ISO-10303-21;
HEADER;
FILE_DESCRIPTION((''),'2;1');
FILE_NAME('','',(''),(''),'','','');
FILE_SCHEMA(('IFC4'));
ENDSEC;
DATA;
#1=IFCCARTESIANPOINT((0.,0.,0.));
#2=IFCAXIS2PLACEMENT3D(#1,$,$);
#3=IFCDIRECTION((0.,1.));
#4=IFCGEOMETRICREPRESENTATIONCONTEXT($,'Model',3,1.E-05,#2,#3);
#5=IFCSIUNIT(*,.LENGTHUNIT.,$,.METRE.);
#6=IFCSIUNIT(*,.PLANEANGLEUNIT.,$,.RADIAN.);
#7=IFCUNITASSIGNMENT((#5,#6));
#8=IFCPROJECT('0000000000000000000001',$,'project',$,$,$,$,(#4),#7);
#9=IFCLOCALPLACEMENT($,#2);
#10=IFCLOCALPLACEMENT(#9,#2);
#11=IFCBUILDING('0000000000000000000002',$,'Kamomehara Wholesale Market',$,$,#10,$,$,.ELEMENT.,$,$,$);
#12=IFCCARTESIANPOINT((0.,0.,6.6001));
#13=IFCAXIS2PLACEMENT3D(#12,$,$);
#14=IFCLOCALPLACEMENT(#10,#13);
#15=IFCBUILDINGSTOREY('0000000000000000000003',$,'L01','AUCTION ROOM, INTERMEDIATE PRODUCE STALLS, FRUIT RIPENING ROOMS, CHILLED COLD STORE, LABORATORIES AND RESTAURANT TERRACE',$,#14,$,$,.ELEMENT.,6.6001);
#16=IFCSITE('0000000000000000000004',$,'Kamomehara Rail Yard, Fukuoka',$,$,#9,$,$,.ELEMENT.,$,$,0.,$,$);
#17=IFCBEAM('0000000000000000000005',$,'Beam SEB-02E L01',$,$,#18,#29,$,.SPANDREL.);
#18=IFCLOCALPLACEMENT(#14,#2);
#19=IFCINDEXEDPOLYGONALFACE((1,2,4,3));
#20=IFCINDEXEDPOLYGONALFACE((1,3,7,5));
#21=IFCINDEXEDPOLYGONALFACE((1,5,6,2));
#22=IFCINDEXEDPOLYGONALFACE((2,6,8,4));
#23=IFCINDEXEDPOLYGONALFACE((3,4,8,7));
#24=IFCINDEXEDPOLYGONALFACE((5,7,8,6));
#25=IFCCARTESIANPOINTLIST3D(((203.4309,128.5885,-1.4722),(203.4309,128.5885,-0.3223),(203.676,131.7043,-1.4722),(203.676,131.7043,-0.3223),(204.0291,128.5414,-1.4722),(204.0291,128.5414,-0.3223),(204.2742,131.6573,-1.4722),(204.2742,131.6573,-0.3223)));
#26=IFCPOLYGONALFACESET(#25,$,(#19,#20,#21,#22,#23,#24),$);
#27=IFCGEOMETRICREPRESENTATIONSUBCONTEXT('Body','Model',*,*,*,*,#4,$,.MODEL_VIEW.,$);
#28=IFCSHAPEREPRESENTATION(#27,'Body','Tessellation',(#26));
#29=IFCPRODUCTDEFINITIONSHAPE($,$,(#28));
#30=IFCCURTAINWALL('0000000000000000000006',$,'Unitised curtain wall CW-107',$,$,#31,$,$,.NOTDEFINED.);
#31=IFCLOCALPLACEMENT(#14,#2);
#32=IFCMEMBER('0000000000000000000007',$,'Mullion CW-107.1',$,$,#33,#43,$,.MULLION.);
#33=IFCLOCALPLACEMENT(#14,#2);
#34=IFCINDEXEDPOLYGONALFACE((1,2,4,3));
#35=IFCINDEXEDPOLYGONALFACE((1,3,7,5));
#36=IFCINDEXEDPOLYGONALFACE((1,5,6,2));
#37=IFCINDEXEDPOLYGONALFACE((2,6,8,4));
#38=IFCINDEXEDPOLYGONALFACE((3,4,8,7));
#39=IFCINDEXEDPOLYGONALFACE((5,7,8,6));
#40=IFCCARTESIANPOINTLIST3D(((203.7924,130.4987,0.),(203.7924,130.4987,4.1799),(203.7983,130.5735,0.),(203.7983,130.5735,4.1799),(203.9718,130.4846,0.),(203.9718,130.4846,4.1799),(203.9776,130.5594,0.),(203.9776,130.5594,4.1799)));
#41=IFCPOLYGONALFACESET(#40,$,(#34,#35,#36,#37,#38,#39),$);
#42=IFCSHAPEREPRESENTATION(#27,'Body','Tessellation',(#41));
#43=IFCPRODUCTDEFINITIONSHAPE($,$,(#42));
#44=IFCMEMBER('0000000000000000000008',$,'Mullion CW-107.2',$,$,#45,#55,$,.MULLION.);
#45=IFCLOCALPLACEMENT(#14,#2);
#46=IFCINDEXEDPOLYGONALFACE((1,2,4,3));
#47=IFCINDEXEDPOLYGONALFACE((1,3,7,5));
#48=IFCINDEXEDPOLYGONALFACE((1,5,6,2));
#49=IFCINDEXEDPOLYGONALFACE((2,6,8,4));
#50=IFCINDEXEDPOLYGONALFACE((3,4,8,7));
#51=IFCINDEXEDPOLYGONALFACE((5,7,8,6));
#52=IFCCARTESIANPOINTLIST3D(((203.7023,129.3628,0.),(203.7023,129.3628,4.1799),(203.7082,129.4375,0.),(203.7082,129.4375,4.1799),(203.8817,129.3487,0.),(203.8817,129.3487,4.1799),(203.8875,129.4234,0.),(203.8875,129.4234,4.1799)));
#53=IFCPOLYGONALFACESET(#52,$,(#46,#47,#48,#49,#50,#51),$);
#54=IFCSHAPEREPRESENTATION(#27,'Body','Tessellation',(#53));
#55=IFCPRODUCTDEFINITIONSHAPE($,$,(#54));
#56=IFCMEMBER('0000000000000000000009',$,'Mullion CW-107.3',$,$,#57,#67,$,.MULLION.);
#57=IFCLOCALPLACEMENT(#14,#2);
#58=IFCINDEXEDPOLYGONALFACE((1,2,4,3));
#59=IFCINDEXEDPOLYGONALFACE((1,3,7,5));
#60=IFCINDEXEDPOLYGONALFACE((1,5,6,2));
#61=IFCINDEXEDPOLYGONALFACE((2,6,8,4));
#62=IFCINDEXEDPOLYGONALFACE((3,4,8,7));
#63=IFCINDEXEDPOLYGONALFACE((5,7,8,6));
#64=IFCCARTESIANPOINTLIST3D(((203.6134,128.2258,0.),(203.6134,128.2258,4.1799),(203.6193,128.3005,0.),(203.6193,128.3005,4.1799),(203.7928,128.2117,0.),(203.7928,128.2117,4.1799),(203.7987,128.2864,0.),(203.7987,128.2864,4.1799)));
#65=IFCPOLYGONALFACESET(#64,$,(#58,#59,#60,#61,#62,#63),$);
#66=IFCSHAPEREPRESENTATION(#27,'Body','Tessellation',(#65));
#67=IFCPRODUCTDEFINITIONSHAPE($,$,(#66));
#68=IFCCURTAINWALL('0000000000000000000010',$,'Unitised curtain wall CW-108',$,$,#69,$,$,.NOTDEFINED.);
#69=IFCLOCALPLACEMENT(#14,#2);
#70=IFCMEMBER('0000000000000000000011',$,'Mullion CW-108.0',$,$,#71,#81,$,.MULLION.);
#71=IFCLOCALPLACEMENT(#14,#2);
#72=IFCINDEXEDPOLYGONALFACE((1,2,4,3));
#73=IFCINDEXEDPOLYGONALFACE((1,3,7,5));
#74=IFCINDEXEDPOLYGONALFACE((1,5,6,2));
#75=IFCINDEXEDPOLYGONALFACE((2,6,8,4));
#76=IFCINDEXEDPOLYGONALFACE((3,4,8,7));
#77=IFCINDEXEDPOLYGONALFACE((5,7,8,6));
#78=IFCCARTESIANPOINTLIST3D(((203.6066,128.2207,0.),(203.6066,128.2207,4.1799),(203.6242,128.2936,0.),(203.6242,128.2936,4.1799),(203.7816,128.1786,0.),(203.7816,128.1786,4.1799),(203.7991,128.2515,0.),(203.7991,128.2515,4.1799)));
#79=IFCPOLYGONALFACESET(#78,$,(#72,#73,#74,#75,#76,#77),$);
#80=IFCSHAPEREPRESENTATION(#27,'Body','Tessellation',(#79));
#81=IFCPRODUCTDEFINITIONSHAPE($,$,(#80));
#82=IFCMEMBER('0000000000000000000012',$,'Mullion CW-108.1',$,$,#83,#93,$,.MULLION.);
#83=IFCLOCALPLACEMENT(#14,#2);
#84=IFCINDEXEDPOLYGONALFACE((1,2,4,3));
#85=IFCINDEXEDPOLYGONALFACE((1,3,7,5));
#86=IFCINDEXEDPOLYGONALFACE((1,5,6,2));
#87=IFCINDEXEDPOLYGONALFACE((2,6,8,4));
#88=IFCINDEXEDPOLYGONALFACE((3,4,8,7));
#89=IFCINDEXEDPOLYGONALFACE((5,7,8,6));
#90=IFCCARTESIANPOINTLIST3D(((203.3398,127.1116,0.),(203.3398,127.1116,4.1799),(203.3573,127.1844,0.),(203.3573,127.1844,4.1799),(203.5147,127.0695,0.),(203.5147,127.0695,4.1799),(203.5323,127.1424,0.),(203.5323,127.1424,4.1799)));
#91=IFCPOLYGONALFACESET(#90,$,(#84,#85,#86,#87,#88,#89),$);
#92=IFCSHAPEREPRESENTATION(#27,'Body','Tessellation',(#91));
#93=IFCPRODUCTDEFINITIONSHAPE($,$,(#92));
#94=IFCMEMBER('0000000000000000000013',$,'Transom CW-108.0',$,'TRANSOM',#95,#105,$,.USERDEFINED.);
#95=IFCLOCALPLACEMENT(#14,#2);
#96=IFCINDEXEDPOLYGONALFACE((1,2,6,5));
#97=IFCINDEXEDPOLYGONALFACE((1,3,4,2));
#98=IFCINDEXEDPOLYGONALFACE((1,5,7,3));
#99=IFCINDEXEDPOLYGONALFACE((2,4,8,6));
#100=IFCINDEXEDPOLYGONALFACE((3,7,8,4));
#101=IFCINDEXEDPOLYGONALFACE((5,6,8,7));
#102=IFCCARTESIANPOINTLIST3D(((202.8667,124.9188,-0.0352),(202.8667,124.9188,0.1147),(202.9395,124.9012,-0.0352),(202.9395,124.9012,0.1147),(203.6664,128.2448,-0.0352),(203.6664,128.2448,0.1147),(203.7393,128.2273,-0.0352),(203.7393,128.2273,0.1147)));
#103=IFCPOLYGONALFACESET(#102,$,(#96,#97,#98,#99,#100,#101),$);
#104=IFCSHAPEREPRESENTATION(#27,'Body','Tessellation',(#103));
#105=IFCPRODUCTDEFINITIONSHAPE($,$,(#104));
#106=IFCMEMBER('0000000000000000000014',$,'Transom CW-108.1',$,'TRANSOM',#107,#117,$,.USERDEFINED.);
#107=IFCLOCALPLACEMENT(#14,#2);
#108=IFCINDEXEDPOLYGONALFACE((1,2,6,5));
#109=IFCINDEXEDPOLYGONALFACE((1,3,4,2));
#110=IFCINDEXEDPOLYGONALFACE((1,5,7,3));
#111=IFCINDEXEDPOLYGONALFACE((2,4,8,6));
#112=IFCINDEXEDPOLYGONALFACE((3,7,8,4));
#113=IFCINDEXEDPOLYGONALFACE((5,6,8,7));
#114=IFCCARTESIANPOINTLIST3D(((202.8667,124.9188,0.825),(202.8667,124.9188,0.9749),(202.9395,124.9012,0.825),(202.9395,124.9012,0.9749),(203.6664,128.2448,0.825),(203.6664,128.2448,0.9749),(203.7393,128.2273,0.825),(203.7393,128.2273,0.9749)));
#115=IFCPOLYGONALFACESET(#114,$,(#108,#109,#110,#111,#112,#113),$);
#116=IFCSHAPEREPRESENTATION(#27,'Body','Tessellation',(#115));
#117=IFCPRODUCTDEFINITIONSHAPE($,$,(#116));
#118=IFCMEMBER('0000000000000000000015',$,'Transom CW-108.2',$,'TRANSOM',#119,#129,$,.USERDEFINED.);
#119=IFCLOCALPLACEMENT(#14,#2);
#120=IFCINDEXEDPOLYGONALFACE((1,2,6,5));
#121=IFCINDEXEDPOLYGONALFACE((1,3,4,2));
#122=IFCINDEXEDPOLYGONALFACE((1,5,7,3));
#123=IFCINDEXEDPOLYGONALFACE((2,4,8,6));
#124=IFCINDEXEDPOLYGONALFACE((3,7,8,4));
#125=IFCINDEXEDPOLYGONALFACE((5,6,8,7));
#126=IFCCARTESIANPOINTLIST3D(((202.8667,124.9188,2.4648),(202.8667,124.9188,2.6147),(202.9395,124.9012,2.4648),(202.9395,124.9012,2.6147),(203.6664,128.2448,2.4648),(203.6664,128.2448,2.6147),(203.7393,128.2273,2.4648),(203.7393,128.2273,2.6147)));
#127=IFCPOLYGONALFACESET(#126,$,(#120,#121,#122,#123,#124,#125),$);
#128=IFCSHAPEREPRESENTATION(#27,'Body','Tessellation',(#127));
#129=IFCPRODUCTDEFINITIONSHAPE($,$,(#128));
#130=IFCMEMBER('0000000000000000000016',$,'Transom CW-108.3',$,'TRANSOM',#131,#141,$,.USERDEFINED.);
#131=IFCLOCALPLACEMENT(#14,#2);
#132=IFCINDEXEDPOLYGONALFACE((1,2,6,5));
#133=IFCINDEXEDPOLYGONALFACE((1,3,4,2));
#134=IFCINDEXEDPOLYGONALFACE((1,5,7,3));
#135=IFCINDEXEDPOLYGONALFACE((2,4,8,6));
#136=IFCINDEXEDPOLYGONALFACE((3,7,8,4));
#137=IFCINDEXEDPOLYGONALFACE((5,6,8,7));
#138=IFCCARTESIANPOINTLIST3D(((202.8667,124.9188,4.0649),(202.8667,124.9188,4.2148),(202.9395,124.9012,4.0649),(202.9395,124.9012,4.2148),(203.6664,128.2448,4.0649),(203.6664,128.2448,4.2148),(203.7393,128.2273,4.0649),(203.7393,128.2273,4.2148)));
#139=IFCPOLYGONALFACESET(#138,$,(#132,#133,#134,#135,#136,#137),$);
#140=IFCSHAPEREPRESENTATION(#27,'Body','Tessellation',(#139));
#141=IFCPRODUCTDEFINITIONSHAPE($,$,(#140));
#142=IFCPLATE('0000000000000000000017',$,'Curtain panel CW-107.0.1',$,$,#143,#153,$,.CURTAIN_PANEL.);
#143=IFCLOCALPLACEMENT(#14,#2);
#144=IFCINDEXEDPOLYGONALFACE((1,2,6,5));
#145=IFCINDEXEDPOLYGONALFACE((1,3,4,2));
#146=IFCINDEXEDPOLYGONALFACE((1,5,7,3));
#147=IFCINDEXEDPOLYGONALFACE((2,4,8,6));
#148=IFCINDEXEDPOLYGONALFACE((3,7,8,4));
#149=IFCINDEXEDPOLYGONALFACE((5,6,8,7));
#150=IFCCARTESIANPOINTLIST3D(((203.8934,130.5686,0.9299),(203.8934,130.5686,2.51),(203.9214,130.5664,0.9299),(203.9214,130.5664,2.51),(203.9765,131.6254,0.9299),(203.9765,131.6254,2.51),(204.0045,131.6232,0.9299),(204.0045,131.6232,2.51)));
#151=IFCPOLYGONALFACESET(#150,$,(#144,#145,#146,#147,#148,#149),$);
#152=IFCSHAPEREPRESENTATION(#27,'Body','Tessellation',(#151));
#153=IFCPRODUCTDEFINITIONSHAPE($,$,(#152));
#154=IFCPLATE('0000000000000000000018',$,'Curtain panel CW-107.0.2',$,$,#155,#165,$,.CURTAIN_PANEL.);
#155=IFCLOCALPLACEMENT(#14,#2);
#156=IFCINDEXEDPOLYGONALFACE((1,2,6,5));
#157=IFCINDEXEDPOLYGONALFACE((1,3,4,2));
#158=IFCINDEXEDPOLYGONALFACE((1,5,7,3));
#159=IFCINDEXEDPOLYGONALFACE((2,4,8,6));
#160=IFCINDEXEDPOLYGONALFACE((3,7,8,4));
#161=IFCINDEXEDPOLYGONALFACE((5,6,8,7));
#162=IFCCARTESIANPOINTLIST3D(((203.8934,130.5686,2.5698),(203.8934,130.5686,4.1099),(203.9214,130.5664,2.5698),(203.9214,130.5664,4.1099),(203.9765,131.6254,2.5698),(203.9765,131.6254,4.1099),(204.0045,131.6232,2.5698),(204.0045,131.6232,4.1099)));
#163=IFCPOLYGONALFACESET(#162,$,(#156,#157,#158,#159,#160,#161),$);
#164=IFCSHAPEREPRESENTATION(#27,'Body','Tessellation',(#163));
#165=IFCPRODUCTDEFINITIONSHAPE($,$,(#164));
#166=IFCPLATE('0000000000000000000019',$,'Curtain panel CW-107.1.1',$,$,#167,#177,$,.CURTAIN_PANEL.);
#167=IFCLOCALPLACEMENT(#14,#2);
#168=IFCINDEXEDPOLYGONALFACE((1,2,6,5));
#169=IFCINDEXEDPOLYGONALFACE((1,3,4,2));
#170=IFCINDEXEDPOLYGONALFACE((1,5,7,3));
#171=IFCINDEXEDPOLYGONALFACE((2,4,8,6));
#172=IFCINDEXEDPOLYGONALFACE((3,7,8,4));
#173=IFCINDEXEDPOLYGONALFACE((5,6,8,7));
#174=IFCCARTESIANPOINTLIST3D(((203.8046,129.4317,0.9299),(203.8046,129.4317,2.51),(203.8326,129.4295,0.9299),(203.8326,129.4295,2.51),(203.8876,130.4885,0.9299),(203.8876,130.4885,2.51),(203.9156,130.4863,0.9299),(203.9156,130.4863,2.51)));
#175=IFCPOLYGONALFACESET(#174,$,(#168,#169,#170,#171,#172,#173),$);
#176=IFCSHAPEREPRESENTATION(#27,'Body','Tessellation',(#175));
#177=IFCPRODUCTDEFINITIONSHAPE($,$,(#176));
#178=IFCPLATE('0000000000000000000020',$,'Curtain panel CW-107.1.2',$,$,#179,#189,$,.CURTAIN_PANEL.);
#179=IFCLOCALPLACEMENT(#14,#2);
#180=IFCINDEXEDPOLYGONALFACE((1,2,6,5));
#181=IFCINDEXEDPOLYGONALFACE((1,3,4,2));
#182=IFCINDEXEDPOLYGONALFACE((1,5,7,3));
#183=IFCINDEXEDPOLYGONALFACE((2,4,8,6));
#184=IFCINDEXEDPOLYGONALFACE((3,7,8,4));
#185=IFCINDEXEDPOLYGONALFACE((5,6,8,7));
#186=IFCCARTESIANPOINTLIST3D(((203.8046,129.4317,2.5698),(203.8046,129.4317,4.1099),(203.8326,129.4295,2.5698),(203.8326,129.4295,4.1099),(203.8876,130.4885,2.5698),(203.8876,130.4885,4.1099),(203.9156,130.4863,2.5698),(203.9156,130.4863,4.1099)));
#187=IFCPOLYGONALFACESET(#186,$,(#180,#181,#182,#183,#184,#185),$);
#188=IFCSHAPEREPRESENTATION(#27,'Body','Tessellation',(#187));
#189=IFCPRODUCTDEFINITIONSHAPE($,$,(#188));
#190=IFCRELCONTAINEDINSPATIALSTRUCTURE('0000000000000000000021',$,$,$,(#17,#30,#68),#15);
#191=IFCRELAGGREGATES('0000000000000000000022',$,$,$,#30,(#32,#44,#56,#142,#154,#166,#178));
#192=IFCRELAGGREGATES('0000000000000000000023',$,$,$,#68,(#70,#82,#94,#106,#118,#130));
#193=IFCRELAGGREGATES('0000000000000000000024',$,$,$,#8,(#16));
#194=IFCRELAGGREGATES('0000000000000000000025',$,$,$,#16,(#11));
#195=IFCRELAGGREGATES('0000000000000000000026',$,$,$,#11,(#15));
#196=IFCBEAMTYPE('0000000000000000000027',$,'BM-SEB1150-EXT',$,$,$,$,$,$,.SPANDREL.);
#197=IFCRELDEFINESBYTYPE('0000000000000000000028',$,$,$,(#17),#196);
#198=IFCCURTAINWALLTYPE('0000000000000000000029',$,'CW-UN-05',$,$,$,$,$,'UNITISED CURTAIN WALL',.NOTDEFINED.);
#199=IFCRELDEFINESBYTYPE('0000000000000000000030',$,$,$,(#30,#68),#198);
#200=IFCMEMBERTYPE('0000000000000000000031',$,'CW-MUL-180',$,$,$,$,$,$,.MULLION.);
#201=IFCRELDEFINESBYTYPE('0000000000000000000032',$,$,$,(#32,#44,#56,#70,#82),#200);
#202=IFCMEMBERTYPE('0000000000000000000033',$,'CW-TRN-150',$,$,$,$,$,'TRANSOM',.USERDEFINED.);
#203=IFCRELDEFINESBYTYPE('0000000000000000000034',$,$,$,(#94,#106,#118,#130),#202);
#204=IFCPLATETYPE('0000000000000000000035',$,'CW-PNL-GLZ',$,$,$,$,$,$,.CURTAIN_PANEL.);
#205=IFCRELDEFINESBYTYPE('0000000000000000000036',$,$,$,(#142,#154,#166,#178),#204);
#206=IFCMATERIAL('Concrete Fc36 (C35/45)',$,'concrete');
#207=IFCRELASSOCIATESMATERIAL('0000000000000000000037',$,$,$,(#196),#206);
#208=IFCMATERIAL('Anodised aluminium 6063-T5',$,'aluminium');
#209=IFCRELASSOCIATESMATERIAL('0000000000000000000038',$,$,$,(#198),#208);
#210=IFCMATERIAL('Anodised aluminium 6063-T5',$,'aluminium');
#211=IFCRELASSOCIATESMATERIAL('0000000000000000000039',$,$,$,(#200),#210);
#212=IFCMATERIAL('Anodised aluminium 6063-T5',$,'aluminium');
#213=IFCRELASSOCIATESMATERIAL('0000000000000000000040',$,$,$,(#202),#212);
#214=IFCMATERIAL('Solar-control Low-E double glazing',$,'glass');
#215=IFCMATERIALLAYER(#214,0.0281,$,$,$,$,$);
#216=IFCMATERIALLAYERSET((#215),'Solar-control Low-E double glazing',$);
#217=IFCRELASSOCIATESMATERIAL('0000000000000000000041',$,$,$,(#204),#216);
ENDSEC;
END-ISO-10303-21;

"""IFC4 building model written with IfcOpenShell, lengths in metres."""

from ifc_helpers import new_model, si_unit, direction, frame, origin, origin_2d, place, context, subcontext, project, spatial, rectangle, extrude, material, layer, layer_set, material_profile, profile_set, type_object, element, aggregate, save


model = new_model("IFC4")

# Units and contexts
model_context = context("Model", 3, precision=1e-05, world=origin(), true_north=direction((0.0, 1.0)))
body_context = subcontext(model_context, "Body", "Model", "MODEL_VIEW")
ifc_project = project(units=[si_unit("LENGTHUNIT", "METRE"), si_unit("PLANEANGLEUNIT", "RADIAN")], contexts=[model_context])

# Site, building, storey
site_placement = place(None, origin())
site = spatial("IfcSite", under=ifc_project, at=site_placement, Name="Kamomehara Rail Yard, Fukuoka", CompositionType="ELEMENT", RefElevation=0.0)
building_placement = place(site_placement, origin())
building = spatial("IfcBuilding", under=site, at=building_placement, Name="Kamomehara Wholesale Market", CompositionType="ELEMENT")
storey_placement = place(building_placement, frame((0.0, 0.0, 6.6001)))
storey = spatial("IfcBuildingStorey", under=building, at=storey_placement, Name="L01", Description="AUCTION ROOM, INTERMEDIATE PRODUCE STALLS, FRUIT RIPENING ROOMS, CHILLED COLD STORE, LABORATORIES AND RESTAURANT TERRACE", CompositionType="ELEMENT", Elevation=6.6001)

# Beam
ifc_material_1 = material(Name="Concrete Fc36 (C35/45)", Category="concrete")
ifc_material_profile_1 = material_profile(ifc_material_1, rectangle(XDim=0.6001, YDim=1.1499, at=origin_2d()), Name="RC-SEB-600x1150")
ifc_profile_set_1 = profile_set([ifc_material_profile_1], Name="Concrete Fc36 (C35/45)")
beam_type = type_object("IfcBeamType", Name="BM-SEB1150-EXT", PredefinedType="SPANDREL", material=ifc_profile_set_1)
beam_placement = place(storey_placement, frame((203.73, 128.5649, -0.8972), z_axis=(0.078423, 0.99692, 0.0), x_axis=(-0.99692, 0.078423, 0.0)))
element("IfcBeam", 1, at=beam_placement, inside=storey, type_object=beam_type, Name="Beam SEB-02E L01", PredefinedType="SPANDREL", context=body_context, shape_type="SweptSolid", body=[
    extrude(rectangle(XDim=0.6001, YDim=1.1499, at=origin_2d()), origin(), (0.0, 0.0, 1.0), 3.1255),
])

# Curtain walls, members
ifc_material_2 = material(Name="Anodised aluminium 6063-T5", Category="aluminium")
curtain_wall_type = type_object("IfcCurtainWallType", Name="CW-UN-05", ElementType="UNITISED CURTAIN WALL", PredefinedType="NOTDEFINED", material=ifc_material_2)
curtain_wall_1_placement = place(storey_placement, origin())
curtain_wall_1 = element("IfcCurtainWall", 2, at=curtain_wall_1_placement, inside=storey, type_object=curtain_wall_type, Name="Unitised curtain wall CW-107", PredefinedType="NOTDEFINED")
ifc_material_3 = material(Name="Anodised aluminium 6063-T5", Category="aluminium")
ifc_material_profile_2 = material_profile(ifc_material_3, rectangle(XDim=0.075, YDim=0.1799, at=origin_2d()), Name="ALU-MUL-75x180")
ifc_profile_set_2 = profile_set([ifc_material_profile_2], Name="Anodised aluminium 6063-T5")
member_type_1 = type_object("IfcMemberType", Name="CW-MUL-180", PredefinedType="MULLION", material=ifc_profile_set_2)
member_1_placement = place(storey_placement, frame((203.885, 130.5291, 0.0), z_axis=(0.0, 0.0, 1.0), x_axis=(-0.078351, -0.996926, 0.0)))
member_1 = element("IfcMember", 3, at=member_1_placement, type_object=member_type_1, Name="Mullion CW-107.1", PredefinedType="MULLION", context=body_context, shape_type="SweptSolid", body=[
    extrude(rectangle(XDim=0.075, YDim=0.1799, at=origin_2d()), origin(), (0.0, 0.0, 1.0), 4.1799),
])
member_2_placement = place(storey_placement, frame((203.7949, 129.3931, 0.0), z_axis=(0.0, 0.0, 1.0), x_axis=(-0.078351, -0.996926, 0.0)))
member_2 = element("IfcMember", 4, at=member_2_placement, type_object=member_type_1, Name="Mullion CW-107.2", PredefinedType="MULLION", context=body_context, shape_type="SweptSolid", body=[
    extrude(rectangle(XDim=0.075, YDim=0.1799, at=origin_2d()), origin(), (0.0, 0.0, 1.0), 4.1799),
])
member_3_placement = place(storey_placement, frame((203.7061, 128.2561, 0.0), z_axis=(0.0, 0.0, 1.0), x_axis=(-0.078351, -0.996926, 0.0)))
member_3 = element("IfcMember", 5, at=member_3_placement, type_object=member_type_1, Name="Mullion CW-107.3", PredefinedType="MULLION", context=body_context, shape_type="SweptSolid", body=[
    extrude(rectangle(XDim=0.075, YDim=0.1799, at=origin_2d()), origin(), (0.0, 0.0, 1.0), 4.1799),
])
curtain_wall_2_placement = place(storey_placement, origin())
curtain_wall_2 = element("IfcCurtainWall", 6, at=curtain_wall_2_placement, inside=storey, type_object=curtain_wall_type, Name="Unitised curtain wall CW-108", PredefinedType="NOTDEFINED")
member_4_placement = place(storey_placement, frame((203.7029, 128.2361, 0.0), z_axis=(0.0, 0.0, 1.0), x_axis=(-0.233859, -0.97227, 0.0)))
member_4 = element("IfcMember", 7, at=member_4_placement, type_object=member_type_1, Name="Mullion CW-108.0", PredefinedType="MULLION", context=body_context, shape_type="SweptSolid", body=[
    extrude(rectangle(XDim=0.075, YDim=0.1799, at=origin_2d()), origin(), (0.0, 0.0, 1.0), 4.1799),
])
member_5_placement = place(storey_placement, frame((203.436, 127.127, 0.0), z_axis=(0.0, 0.0, 1.0), x_axis=(-0.233859, -0.97227, 0.0)))
member_5 = element("IfcMember", 8, at=member_5_placement, type_object=member_type_1, Name="Mullion CW-108.1", PredefinedType="MULLION", context=body_context, shape_type="SweptSolid", body=[
    extrude(rectangle(XDim=0.075, YDim=0.1799, at=origin_2d()), origin(), (0.0, 0.0, 1.0), 4.1799),
])
ifc_material_4 = material(Name="Anodised aluminium 6063-T5", Category="aluminium")
ifc_material_profile_3 = material_profile(ifc_material_4, rectangle(XDim=0.075, YDim=0.1499, at=origin_2d()), Name="ALU-TRN-75x150")
ifc_profile_set_3 = profile_set([ifc_material_profile_3], Name="Anodised aluminium 6063-T5")
member_type_2 = type_object("IfcMemberType", Name="CW-TRN-150", ElementType="TRANSOM", PredefinedType="USERDEFINED", material=ifc_profile_set_3)
member_6_placement = place(storey_placement, frame((203.7029, 128.2361, 0.0398), z_axis=(-0.233794, -0.972286, 0.0), x_axis=(0.972286, -0.233794, 0.0)))
member_6 = element("IfcMember", 9, at=member_6_placement, type_object=member_type_2, Name="Transom CW-108.0", ObjectType="TRANSOM", PredefinedType="USERDEFINED", context=body_context, shape_type="SweptSolid", body=[
    extrude(rectangle(XDim=0.075, YDim=0.1499, at=origin_2d()), origin(), (0.0, 0.0, 1.0), 3.4209),
])
member_7_placement = place(storey_placement, frame((203.7029, 128.2361, 0.8999), z_axis=(-0.233794, -0.972286, 0.0), x_axis=(0.972286, -0.233794, 0.0)))
member_7 = element("IfcMember", 10, at=member_7_placement, type_object=member_type_2, Name="Transom CW-108.1", ObjectType="TRANSOM", PredefinedType="USERDEFINED", context=body_context, shape_type="SweptSolid", body=[
    extrude(rectangle(XDim=0.075, YDim=0.1499, at=origin_2d()), origin(), (0.0, 0.0, 1.0), 3.4209),
])
member_8_placement = place(storey_placement, frame((203.7029, 128.2361, 2.5398), z_axis=(-0.233794, -0.972286, 0.0), x_axis=(0.972286, -0.233794, 0.0)))
member_8 = element("IfcMember", 11, at=member_8_placement, type_object=member_type_2, Name="Transom CW-108.2", ObjectType="TRANSOM", PredefinedType="USERDEFINED", context=body_context, shape_type="SweptSolid", body=[
    extrude(rectangle(XDim=0.075, YDim=0.1499, at=origin_2d()), origin(), (0.0, 0.0, 1.0), 3.4209),
])
member_9_placement = place(storey_placement, frame((203.7029, 128.2361, 4.1399), z_axis=(-0.233794, -0.972286, 0.0), x_axis=(0.972286, -0.233794, 0.0)))
member_9 = element("IfcMember", 12, at=member_9_placement, type_object=member_type_2, Name="Transom CW-108.3", ObjectType="TRANSOM", PredefinedType="USERDEFINED", context=body_context, shape_type="SweptSolid", body=[
    extrude(rectangle(XDim=0.075, YDim=0.1499, at=origin_2d()), origin(), (0.0, 0.0, 1.0), 3.4209),
])

# Plates
ifc_material_5 = material(Name="Solar-control Low-E double glazing", Category="glass")
ifc_layer_1 = layer(ifc_material_5, 0.0281)
ifc_layer_set_1 = layer_set([ifc_layer_1], Name="Solar-control Low-E double glazing")
plate_type_1 = type_object("IfcPlateType", Name="CW-PNL-GLZ", PredefinedType="CURTAIN_PANEL", material=ifc_layer_set_1)
plate_1_placement = place(storey_placement, frame((203.949, 131.0959, 0.9299), z_axis=(0.0, 0.0, 1.0), x_axis=(-0.078355, -0.996926, 0.0)))
plate_1 = element("IfcPlate", 13, at=plate_1_placement, type_object=plate_type_1, Name="Curtain panel CW-107.0.1", PredefinedType="CURTAIN_PANEL", context=body_context, shape_type="SweptSolid", body=[
    extrude(rectangle(XDim=1.0601, YDim=0.0281, at=origin_2d()), origin(), (0.0, 0.0, 1.0), 1.5801),
])
plate_2_placement = place(storey_placement, frame((203.949, 131.0959, 2.5698), z_axis=(0.0, 0.0, 1.0), x_axis=(-0.078355, -0.996926, 0.0)))
plate_2 = element("IfcPlate", 14, at=plate_2_placement, type_object=plate_type_1, Name="Curtain panel CW-107.0.2", PredefinedType="CURTAIN_PANEL", context=body_context, shape_type="SweptSolid", body=[
    extrude(rectangle(XDim=1.0601, YDim=0.0281, at=origin_2d()), origin(), (0.0, 0.0, 1.0), 1.54),
])
plate_3_placement = place(storey_placement, frame((203.8601, 129.959, 0.9299), z_axis=(0.0, 0.0, 1.0), x_axis=(-0.078355, -0.996926, 0.0)))
plate_3 = element("IfcPlate", 15, at=plate_3_placement, type_object=plate_type_1, Name="Curtain panel CW-107.1.1", PredefinedType="CURTAIN_PANEL", context=body_context, shape_type="SweptSolid", body=[
    extrude(rectangle(XDim=1.0601, YDim=0.0281, at=origin_2d()), origin(), (0.0, 0.0, 1.0), 1.5801),
])
plate_4_placement = place(storey_placement, frame((203.8601, 129.959, 2.5698), z_axis=(0.0, 0.0, 1.0), x_axis=(-0.078355, -0.996926, 0.0)))
plate_4 = element("IfcPlate", 16, at=plate_4_placement, type_object=plate_type_1, Name="Curtain panel CW-107.1.2", PredefinedType="CURTAIN_PANEL", context=body_context, shape_type="SweptSolid", body=[
    extrude(rectangle(XDim=1.0601, YDim=0.0281, at=origin_2d()), origin(), (0.0, 0.0, 1.0), 1.54),
])
aggregate(curtain_wall_1, [member_1, member_2, member_3, plate_1, plate_2, plate_3, plate_4])
aggregate(curtain_wall_2, [member_4, member_5, member_6, member_7, member_8, member_9])

save(model, "model.ifc")
